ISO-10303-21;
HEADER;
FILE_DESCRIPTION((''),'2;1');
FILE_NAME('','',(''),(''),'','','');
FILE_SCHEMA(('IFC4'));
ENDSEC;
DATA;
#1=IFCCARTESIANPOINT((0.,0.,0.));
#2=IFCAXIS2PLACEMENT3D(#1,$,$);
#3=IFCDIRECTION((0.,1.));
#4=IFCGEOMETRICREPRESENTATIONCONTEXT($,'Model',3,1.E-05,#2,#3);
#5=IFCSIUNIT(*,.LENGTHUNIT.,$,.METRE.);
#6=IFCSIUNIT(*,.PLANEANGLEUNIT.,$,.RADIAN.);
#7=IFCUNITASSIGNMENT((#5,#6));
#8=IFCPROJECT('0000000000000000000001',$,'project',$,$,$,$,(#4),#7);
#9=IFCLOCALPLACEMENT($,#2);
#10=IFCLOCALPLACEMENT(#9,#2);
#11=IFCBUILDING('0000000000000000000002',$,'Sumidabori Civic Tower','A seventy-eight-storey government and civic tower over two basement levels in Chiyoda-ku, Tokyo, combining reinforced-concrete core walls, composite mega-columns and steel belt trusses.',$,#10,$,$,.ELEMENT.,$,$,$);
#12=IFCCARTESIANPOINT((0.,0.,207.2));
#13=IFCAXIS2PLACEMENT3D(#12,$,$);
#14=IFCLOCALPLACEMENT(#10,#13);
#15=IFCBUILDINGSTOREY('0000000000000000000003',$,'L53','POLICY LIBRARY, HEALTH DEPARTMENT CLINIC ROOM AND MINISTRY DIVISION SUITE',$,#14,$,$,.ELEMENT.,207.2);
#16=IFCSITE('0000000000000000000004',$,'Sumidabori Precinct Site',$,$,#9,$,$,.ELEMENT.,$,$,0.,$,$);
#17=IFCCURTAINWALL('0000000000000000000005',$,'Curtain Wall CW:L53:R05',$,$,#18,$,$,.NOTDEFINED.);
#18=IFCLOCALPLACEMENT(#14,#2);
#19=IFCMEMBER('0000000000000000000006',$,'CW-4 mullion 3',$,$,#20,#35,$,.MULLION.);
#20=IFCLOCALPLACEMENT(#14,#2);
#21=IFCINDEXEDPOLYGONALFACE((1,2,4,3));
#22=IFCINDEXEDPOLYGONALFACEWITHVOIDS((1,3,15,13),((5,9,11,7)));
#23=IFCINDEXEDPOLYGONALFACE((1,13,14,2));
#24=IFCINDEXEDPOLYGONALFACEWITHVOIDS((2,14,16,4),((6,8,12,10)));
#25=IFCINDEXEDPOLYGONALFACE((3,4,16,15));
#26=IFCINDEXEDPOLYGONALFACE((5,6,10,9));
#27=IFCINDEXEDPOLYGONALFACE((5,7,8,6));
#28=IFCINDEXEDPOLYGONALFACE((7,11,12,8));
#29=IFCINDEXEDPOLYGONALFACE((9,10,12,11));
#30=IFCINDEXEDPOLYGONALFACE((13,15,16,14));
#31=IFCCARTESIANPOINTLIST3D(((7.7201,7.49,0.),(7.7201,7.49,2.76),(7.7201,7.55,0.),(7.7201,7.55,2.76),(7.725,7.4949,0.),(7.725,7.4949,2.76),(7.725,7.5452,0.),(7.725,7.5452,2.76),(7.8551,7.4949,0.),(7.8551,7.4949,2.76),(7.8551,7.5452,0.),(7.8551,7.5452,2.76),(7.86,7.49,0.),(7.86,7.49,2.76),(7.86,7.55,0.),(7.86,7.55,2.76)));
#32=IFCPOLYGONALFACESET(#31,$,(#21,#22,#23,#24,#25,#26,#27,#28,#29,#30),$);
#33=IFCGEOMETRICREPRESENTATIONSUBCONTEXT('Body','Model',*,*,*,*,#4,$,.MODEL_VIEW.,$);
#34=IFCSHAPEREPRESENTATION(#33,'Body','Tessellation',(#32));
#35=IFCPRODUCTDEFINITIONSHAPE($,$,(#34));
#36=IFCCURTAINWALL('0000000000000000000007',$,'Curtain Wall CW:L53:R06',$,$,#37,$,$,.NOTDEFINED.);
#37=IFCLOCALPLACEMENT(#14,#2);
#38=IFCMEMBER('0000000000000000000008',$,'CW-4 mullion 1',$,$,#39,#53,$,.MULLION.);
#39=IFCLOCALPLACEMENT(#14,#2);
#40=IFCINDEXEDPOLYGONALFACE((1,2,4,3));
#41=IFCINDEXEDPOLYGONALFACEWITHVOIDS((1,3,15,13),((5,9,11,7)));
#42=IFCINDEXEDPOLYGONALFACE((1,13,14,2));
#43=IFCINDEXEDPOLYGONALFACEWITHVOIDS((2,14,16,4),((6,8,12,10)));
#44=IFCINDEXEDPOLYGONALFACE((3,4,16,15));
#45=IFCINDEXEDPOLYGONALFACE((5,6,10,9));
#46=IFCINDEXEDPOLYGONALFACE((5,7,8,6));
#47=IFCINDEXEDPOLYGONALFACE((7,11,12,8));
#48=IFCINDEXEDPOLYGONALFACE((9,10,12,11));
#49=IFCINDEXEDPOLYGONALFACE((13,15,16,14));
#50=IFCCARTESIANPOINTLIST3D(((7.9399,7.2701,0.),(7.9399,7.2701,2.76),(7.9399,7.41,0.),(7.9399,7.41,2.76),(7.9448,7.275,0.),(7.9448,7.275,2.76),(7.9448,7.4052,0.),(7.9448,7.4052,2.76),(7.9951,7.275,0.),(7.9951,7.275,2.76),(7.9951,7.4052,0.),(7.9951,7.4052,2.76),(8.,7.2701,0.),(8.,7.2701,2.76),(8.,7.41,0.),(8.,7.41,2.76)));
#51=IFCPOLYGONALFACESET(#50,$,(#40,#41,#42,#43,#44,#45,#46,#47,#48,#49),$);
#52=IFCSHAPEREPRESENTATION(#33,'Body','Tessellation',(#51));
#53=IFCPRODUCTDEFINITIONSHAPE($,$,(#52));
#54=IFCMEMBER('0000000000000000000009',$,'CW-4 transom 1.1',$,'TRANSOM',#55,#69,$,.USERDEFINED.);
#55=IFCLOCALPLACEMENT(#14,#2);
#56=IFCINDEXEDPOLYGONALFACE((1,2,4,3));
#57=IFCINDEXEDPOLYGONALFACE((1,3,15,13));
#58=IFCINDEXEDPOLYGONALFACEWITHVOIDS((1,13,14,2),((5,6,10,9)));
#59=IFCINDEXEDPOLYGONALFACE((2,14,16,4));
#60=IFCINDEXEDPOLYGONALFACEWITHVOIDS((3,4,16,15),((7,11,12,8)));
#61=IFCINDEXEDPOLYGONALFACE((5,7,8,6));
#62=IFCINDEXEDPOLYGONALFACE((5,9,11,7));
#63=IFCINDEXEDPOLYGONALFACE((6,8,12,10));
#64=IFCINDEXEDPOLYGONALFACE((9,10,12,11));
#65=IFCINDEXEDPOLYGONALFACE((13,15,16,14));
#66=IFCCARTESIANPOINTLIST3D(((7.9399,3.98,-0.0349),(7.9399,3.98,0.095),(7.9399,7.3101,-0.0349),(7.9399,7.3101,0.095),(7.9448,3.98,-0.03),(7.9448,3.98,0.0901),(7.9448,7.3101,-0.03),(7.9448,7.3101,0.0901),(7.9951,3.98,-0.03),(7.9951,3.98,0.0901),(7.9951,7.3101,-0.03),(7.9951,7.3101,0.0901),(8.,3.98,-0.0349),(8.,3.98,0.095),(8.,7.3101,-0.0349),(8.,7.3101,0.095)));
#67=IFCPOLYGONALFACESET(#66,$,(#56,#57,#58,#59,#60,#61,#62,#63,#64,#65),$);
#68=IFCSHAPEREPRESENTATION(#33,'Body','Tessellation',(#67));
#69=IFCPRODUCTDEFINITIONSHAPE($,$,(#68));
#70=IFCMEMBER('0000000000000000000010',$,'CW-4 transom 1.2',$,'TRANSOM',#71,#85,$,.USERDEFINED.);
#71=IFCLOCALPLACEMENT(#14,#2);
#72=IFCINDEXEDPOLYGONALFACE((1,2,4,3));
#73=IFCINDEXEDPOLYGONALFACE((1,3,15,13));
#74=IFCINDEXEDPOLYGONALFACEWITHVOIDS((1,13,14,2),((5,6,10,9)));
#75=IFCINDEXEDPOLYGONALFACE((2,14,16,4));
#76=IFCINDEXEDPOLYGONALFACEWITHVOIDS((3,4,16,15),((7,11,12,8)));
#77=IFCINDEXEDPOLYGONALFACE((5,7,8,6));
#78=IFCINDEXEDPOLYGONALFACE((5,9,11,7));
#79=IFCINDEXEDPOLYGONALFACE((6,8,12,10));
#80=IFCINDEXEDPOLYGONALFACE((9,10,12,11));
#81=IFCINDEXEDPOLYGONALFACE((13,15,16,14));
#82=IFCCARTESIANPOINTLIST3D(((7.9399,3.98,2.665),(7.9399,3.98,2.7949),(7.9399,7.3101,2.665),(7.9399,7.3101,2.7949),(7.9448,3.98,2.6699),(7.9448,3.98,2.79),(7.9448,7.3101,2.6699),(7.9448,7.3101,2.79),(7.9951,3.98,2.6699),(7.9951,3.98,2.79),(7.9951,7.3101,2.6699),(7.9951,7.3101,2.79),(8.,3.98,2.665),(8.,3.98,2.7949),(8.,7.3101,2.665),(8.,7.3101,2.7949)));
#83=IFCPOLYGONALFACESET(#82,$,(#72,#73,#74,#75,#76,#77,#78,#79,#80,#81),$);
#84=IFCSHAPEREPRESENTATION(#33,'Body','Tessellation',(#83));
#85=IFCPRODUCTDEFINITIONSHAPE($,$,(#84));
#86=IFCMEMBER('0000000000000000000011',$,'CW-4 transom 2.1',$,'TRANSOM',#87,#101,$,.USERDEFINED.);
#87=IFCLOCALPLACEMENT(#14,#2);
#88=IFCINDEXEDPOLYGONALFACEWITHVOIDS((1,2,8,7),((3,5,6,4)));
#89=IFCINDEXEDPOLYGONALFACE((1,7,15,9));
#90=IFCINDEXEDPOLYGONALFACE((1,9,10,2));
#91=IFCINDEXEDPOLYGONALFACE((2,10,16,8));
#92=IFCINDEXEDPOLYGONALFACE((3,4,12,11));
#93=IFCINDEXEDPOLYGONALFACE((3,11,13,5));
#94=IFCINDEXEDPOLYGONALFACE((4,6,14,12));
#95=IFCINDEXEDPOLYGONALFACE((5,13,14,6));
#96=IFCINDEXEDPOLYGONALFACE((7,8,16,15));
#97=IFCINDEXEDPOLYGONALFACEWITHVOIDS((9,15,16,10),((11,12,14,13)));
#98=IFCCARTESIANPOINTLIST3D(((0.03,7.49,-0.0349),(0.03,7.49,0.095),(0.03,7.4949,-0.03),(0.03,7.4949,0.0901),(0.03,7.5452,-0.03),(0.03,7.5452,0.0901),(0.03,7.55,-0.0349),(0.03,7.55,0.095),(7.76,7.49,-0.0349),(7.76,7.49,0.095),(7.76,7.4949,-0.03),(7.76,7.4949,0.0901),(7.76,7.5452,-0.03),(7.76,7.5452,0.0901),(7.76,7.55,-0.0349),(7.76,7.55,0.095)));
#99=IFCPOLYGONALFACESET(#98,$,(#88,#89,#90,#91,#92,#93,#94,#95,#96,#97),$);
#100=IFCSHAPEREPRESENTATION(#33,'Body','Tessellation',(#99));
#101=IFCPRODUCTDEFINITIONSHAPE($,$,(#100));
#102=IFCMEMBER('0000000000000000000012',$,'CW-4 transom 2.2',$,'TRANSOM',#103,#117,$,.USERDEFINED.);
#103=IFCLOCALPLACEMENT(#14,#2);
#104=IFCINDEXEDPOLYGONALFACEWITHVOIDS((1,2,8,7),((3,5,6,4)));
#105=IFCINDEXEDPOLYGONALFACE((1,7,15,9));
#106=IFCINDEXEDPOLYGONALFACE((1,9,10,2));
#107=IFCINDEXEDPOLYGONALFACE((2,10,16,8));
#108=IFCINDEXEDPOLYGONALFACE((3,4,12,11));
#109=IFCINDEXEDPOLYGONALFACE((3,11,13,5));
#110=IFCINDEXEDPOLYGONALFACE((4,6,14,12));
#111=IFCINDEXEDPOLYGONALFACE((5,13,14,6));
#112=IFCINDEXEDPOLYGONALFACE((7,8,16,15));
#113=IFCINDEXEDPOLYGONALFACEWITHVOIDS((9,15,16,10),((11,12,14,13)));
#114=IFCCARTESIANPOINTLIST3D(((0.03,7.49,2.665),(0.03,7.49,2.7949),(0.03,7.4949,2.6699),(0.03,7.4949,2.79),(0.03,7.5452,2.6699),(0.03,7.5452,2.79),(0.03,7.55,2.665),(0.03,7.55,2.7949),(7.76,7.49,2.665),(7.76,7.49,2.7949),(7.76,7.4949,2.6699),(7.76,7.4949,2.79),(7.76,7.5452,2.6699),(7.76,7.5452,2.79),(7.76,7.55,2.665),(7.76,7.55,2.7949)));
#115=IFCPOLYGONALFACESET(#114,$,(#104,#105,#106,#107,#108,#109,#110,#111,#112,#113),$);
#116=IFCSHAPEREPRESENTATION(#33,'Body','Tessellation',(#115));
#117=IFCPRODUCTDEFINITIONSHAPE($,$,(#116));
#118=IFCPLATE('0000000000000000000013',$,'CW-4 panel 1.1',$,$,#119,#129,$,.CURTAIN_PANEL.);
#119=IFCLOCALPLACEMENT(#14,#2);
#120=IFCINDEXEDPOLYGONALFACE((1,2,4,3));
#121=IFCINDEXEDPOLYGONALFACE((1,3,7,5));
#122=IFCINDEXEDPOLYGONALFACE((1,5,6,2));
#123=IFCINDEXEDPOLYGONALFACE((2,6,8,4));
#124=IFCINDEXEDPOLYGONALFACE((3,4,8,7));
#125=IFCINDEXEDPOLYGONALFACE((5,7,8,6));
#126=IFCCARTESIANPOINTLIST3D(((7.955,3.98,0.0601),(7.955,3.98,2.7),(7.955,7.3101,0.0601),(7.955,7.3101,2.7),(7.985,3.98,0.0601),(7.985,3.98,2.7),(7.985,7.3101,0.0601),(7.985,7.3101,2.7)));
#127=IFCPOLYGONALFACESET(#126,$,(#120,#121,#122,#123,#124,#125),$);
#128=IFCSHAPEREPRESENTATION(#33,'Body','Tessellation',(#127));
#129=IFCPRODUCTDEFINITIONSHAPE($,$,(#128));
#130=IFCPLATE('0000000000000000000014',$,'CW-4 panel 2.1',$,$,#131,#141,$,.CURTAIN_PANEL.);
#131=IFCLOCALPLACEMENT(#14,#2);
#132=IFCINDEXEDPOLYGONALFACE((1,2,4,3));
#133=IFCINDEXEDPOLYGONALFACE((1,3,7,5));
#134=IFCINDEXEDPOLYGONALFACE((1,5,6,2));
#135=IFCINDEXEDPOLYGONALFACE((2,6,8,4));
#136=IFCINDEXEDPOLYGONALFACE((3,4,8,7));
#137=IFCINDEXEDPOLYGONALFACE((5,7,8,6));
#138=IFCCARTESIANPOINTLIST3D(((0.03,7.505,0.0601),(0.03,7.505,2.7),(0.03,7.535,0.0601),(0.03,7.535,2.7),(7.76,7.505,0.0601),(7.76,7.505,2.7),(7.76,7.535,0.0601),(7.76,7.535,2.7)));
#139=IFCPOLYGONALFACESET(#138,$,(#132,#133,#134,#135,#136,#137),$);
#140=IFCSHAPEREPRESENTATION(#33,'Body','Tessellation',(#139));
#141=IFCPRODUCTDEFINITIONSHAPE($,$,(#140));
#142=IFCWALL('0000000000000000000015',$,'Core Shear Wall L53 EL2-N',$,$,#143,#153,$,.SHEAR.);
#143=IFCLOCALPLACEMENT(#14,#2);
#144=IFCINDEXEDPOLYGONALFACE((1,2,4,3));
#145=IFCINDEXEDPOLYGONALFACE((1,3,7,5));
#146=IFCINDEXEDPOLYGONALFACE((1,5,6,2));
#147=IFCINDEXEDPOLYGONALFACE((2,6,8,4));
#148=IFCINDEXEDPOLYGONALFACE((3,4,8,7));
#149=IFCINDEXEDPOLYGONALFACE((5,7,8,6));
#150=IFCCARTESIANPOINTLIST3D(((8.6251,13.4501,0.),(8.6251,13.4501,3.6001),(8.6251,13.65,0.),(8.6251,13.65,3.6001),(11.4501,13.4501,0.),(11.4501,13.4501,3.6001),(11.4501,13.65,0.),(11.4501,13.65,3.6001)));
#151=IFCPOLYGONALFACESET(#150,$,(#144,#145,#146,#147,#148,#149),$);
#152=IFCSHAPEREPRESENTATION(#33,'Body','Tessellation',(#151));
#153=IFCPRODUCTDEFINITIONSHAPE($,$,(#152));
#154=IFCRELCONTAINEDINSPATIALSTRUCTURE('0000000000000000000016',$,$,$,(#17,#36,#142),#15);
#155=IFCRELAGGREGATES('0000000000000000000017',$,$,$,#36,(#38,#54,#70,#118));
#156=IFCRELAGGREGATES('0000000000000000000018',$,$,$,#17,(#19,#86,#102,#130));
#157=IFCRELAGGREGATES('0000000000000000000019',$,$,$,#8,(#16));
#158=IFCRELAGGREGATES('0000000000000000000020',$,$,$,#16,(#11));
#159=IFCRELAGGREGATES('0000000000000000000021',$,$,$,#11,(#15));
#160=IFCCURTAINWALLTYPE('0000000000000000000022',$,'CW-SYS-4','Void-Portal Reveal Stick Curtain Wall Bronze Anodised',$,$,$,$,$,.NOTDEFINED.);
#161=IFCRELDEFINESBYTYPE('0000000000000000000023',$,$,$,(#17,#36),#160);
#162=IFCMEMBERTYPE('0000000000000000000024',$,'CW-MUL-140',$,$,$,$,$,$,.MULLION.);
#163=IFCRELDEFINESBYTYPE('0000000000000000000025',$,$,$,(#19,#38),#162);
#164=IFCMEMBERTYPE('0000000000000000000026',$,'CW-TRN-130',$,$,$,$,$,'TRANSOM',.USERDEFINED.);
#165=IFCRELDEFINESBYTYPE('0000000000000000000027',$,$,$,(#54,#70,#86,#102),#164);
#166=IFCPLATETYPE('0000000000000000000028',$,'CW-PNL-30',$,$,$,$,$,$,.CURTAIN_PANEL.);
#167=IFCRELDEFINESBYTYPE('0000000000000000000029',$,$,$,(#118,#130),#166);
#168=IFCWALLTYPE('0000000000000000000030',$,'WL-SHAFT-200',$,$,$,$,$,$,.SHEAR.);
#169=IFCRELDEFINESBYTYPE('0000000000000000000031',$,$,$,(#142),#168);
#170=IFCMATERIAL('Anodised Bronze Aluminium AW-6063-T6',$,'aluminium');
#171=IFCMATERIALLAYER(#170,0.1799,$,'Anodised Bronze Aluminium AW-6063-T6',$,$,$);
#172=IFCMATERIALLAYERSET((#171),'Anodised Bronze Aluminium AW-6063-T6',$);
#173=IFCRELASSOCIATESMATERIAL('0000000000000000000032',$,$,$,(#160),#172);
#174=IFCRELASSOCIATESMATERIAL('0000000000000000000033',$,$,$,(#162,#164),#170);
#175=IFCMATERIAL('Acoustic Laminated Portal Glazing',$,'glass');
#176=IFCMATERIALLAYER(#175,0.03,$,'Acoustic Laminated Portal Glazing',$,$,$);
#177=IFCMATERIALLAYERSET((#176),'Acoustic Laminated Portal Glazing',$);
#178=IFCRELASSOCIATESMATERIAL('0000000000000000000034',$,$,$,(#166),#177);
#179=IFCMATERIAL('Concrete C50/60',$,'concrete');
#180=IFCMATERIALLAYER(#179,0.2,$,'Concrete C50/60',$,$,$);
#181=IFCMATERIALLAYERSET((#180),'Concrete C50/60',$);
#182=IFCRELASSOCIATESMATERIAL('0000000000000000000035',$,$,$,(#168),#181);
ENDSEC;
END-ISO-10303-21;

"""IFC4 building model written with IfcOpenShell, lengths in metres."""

from ifc_helpers import new_model, si_unit, direction, frame, frame_2d, origin, origin_2d, place, context, subcontext, project, spatial, rectangle, hollow_rectangle, extrude, source, transform, mapped, material, layer, layer_set, material_profile, profile_set, type_object, element, aggregate, save


model = new_model("IFC4")

# Units and contexts
model_context = context("Model", 3, precision=1e-05, world=origin(), true_north=direction((0.0, 1.0)))
body_context = subcontext(model_context, "Body", "Model", "MODEL_VIEW")
ifc_project = project(units=[si_unit("LENGTHUNIT", "METRE"), si_unit("PLANEANGLEUNIT", "RADIAN")], contexts=[model_context])

# Site, building, storey
site_placement = place(None, origin())
site = spatial("IfcSite", under=ifc_project, at=site_placement, Name="Sumidabori Precinct Site", CompositionType="ELEMENT", RefElevation=0.0)
building_placement = place(site_placement, origin())
building = spatial("IfcBuilding", under=site, at=building_placement, Name="Sumidabori Civic Tower", Description="A seventy-eight-storey government and civic tower over two basement levels in Chiyoda-ku, Tokyo, combining reinforced-concrete core walls, composite mega-columns and steel belt trusses.", CompositionType="ELEMENT")
storey_placement = place(building_placement, frame((0.0, 0.0, 207.2)))
storey = spatial("IfcBuildingStorey", under=building, at=storey_placement, Name="L53", Description="POLICY LIBRARY, HEALTH DEPARTMENT CLINIC ROOM AND MINISTRY DIVISION SUITE", CompositionType="ELEMENT", Elevation=207.2)

# Curtain wall, member
ifc_material_1 = material(Name="Anodised Bronze Aluminium AW-6063-T6", Category="aluminium")
ifc_layer_1 = layer(ifc_material_1, 0.1799, Name="Anodised Bronze Aluminium AW-6063-T6")
ifc_layer_set_1 = layer_set([ifc_layer_1], Name="Anodised Bronze Aluminium AW-6063-T6")
curtain_wall_type = type_object("IfcCurtainWallType", Name="CW-SYS-4", Description="Void-Portal Reveal Stick Curtain Wall Bronze Anodised", PredefinedType="NOTDEFINED", material=ifc_layer_set_1)
curtain_wall_1_placement = place(storey_placement, origin())
curtain_wall_1 = element("IfcCurtainWall", 1, at=curtain_wall_1_placement, inside=storey, type_object=curtain_wall_type, Name="Curtain Wall CW:L53:R05", PredefinedType="NOTDEFINED")
ifc_material_profile_1 = material_profile(ifc_material_1, hollow_rectangle(XDim=0.0601, YDim=0.1399, WallThickness=0.0049, at=origin_2d()), Name="ALU MULLION 140x60")
ifc_profile_set_1 = profile_set([ifc_material_profile_1], Name="Anodised Bronze Aluminium AW-6063-T6")
member_type_1 = type_object("IfcMemberType", Name="CW-MUL-140", PredefinedType="MULLION", material=ifc_profile_set_1)
shared_shape_1 = source(origin(), body_context, "Body", "SweptSolid", [
    extrude(hollow_rectangle(XDim=0.0601, YDim=0.1399, WallThickness=0.0049, at=origin_2d()), origin(), (0.0, 0.0, 1.0), 2.76),
])
member_1_placement = place(storey_placement, frame((7.79, 7.52, 0.0), z_axis=(0.0, 0.0, 1.0), x_axis=(0.0, 1.0, 0.0)))
member_1 = element("IfcMember", 2, at=member_1_placement, type_object=member_type_1, Name="CW-4 mullion 3", PredefinedType="MULLION", context=body_context, shape_type="MappedRepresentation", body=[
    mapped(shared_shape_1, transform((0.0, 0.0, 0.0), x_axis=(1.0, 0.0, 0.0), y_axis=(0.0, 1.0, 0.0), z_axis=(0.0, 0.0, 1.0), scale=1.0)),
])

# Curtain wall, members
curtain_wall_2_placement = place(storey_placement, origin())
curtain_wall_2 = element("IfcCurtainWall", 3, at=curtain_wall_2_placement, inside=storey, type_object=curtain_wall_type, Name="Curtain Wall CW:L53:R06", PredefinedType="NOTDEFINED")
member_2_placement = place(storey_placement, frame((7.97, 7.3401, 0.0), z_axis=(0.0, 0.0, 1.0), x_axis=(1.0, 0.0, 0.0)))
member_2 = element("IfcMember", 4, at=member_2_placement, type_object=member_type_1, Name="CW-4 mullion 1", PredefinedType="MULLION", context=body_context, shape_type="MappedRepresentation", body=[
    mapped(shared_shape_1, transform((0.0, 0.0, 0.0), x_axis=(1.0, 0.0, 0.0), y_axis=(0.0, 1.0, 0.0), z_axis=(0.0, 0.0, 1.0), scale=1.0)),
])
ifc_material_profile_2 = material_profile(ifc_material_1, hollow_rectangle(XDim=0.0601, YDim=0.1299, WallThickness=0.0049, at=origin_2d()), Name="ALU TRANSOM 130x60")
ifc_profile_set_2 = profile_set([ifc_material_profile_2], Name="Anodised Bronze Aluminium AW-6063-T6")
member_type_2 = type_object("IfcMemberType", Name="CW-TRN-130", ElementType="TRANSOM", PredefinedType="USERDEFINED", material=ifc_profile_set_2)
shared_shape_2 = source(origin(), body_context, "Body", "SweptSolid", [
    extrude(hollow_rectangle(XDim=0.0601, YDim=0.1299, WallThickness=0.0049, at=origin_2d()), origin(), (0.0, 0.0, 1.0), 3.3301),
])
member_3_placement = place(storey_placement, frame((7.97, 7.3101, 0.03), z_axis=(0.0, -1.0, 0.0), x_axis=(1.0, 0.0, 0.0)))
member_3 = element("IfcMember", 5, at=member_3_placement, type_object=member_type_2, Name="CW-4 transom 1.1", ObjectType="TRANSOM", PredefinedType="USERDEFINED", context=body_context, shape_type="MappedRepresentation", body=[
    mapped(shared_shape_2, transform((0.0, 0.0, 0.0), x_axis=(1.0, 0.0, 0.0), y_axis=(0.0, 1.0, 0.0), z_axis=(0.0, 0.0, 1.0), scale=1.0)),
])
member_4_placement = place(storey_placement, frame((7.97, 7.3101, 2.73), z_axis=(0.0, -1.0, 0.0), x_axis=(1.0, 0.0, 0.0)))
member_4 = element("IfcMember", 6, at=member_4_placement, type_object=member_type_2, Name="CW-4 transom 1.2", ObjectType="TRANSOM", PredefinedType="USERDEFINED", context=body_context, shape_type="MappedRepresentation", body=[
    mapped(shared_shape_2, transform((0.0, 0.0, 0.0), x_axis=(1.0, 0.0, 0.0), y_axis=(0.0, 1.0, 0.0), z_axis=(0.0, 0.0, 1.0), scale=1.0)),
])

# Members
shared_shape_3 = source(origin(), body_context, "Body", "SweptSolid", [
    extrude(hollow_rectangle(XDim=0.0601, YDim=0.1299, WallThickness=0.0049, at=origin_2d()), origin(), (0.0, 0.0, 1.0), 7.73),
])
member_5_placement = place(storey_placement, frame((0.03, 7.52, 0.03), z_axis=(1.0, 0.0, 0.0), x_axis=(0.0, 1.0, 0.0)))
member_5 = element("IfcMember", 7, at=member_5_placement, type_object=member_type_2, Name="CW-4 transom 2.1", ObjectType="TRANSOM", PredefinedType="USERDEFINED", context=body_context, shape_type="MappedRepresentation", body=[
    mapped(shared_shape_3, transform((0.0, 0.0, 0.0), x_axis=(1.0, 0.0, 0.0), y_axis=(0.0, 1.0, 0.0), z_axis=(0.0, 0.0, 1.0), scale=1.0)),
])
member_6_placement = place(storey_placement, frame((0.03, 7.52, 2.73), z_axis=(1.0, 0.0, 0.0), x_axis=(0.0, 1.0, 0.0)))
member_6 = element("IfcMember", 8, at=member_6_placement, type_object=member_type_2, Name="CW-4 transom 2.2", ObjectType="TRANSOM", PredefinedType="USERDEFINED", context=body_context, shape_type="MappedRepresentation", body=[
    mapped(shared_shape_3, transform((0.0, 0.0, 0.0), x_axis=(1.0, 0.0, 0.0), y_axis=(0.0, 1.0, 0.0), z_axis=(0.0, 0.0, 1.0), scale=1.0)),
])

# Plates
ifc_material_2 = material(Name="Acoustic Laminated Portal Glazing", Category="glass")
ifc_layer_2 = layer(ifc_material_2, 0.03, Name="Acoustic Laminated Portal Glazing")
ifc_layer_set_2 = layer_set([ifc_layer_2], Name="Acoustic Laminated Portal Glazing")
plate_type = type_object("IfcPlateType", Name="CW-PNL-30", PredefinedType="CURTAIN_PANEL", material=ifc_layer_set_2)
shared_shape_4 = source(origin(), body_context, "Body", "SweptSolid", [
    extrude(rectangle(XDim=3.3301, YDim=0.03, at=origin_2d()), origin(), (0.0, 0.0, 1.0), 2.6399),
])
plate_1_placement = place(storey_placement, frame((7.97, 5.645, 0.0601), z_axis=(0.0, 0.0, 1.0), x_axis=(0.0, -1.0, 0.0)))
plate_1 = element("IfcPlate", 9, at=plate_1_placement, type_object=plate_type, Name="CW-4 panel 1.1", PredefinedType="CURTAIN_PANEL", context=body_context, shape_type="MappedRepresentation", body=[
    mapped(shared_shape_4, transform((0.0, 0.0, 0.0), x_axis=(1.0, 0.0, 0.0), y_axis=(0.0, 1.0, 0.0), z_axis=(0.0, 0.0, 1.0), scale=1.0)),
])
aggregate(curtain_wall_2, [member_2, member_3, member_4, plate_1])
shared_shape_5 = source(origin(), body_context, "Body", "SweptSolid", [
    extrude(rectangle(XDim=7.73, YDim=0.03, at=origin_2d()), origin(), (0.0, 0.0, 1.0), 2.6399),
])
plate_2_placement = place(storey_placement, frame((3.895, 7.52, 0.0601), z_axis=(0.0, 0.0, 1.0), x_axis=(1.0, 0.0, 0.0)))
plate_2 = element("IfcPlate", 10, at=plate_2_placement, type_object=plate_type, Name="CW-4 panel 2.1", PredefinedType="CURTAIN_PANEL", context=body_context, shape_type="MappedRepresentation", body=[
    mapped(shared_shape_5, transform((0.0, 0.0, 0.0), x_axis=(1.0, 0.0, 0.0), y_axis=(0.0, 1.0, 0.0), z_axis=(0.0, 0.0, 1.0), scale=1.0)),
])
aggregate(curtain_wall_1, [member_1, member_5, member_6, plate_2])

# Wall
ifc_material_3 = material(Name="Concrete C50/60", Category="concrete")
ifc_layer_3 = layer(ifc_material_3, 0.2, Name="Concrete C50/60")
ifc_layer_set_3 = layer_set([ifc_layer_3], Name="Concrete C50/60")
wall_type_1 = type_object("IfcWallType", Name="WL-SHAFT-200", PredefinedType="SHEAR", material=ifc_layer_set_3)
shared_shape_6 = source(origin(), body_context, "Body", "SweptSolid", [
    extrude(rectangle(XDim=2.825, YDim=0.2, at=frame_2d((1.4126, 0.0))), origin(), (0.0, 0.0, 1.0), 3.6001),
])
wall_1_placement = place(storey_placement, frame((8.625, 13.55, 0.0), z_axis=(0.0, 0.0, 1.0), x_axis=(1.0, 0.0, 0.0)))
element("IfcWall", 11, at=wall_1_placement, inside=storey, type_object=wall_type_1, Name="Core Shear Wall L53 EL2-N", PredefinedType="SHEAR", context=body_context, shape_type="MappedRepresentation", body=[
    mapped(shared_shape_6, transform((0.0, 0.0, 0.0), x_axis=(1.0, 0.0, 0.0), y_axis=(0.0, 1.0, 0.0), z_axis=(0.0, 0.0, 1.0), scale=1.0)),
])

save(model, "model.ifc")
